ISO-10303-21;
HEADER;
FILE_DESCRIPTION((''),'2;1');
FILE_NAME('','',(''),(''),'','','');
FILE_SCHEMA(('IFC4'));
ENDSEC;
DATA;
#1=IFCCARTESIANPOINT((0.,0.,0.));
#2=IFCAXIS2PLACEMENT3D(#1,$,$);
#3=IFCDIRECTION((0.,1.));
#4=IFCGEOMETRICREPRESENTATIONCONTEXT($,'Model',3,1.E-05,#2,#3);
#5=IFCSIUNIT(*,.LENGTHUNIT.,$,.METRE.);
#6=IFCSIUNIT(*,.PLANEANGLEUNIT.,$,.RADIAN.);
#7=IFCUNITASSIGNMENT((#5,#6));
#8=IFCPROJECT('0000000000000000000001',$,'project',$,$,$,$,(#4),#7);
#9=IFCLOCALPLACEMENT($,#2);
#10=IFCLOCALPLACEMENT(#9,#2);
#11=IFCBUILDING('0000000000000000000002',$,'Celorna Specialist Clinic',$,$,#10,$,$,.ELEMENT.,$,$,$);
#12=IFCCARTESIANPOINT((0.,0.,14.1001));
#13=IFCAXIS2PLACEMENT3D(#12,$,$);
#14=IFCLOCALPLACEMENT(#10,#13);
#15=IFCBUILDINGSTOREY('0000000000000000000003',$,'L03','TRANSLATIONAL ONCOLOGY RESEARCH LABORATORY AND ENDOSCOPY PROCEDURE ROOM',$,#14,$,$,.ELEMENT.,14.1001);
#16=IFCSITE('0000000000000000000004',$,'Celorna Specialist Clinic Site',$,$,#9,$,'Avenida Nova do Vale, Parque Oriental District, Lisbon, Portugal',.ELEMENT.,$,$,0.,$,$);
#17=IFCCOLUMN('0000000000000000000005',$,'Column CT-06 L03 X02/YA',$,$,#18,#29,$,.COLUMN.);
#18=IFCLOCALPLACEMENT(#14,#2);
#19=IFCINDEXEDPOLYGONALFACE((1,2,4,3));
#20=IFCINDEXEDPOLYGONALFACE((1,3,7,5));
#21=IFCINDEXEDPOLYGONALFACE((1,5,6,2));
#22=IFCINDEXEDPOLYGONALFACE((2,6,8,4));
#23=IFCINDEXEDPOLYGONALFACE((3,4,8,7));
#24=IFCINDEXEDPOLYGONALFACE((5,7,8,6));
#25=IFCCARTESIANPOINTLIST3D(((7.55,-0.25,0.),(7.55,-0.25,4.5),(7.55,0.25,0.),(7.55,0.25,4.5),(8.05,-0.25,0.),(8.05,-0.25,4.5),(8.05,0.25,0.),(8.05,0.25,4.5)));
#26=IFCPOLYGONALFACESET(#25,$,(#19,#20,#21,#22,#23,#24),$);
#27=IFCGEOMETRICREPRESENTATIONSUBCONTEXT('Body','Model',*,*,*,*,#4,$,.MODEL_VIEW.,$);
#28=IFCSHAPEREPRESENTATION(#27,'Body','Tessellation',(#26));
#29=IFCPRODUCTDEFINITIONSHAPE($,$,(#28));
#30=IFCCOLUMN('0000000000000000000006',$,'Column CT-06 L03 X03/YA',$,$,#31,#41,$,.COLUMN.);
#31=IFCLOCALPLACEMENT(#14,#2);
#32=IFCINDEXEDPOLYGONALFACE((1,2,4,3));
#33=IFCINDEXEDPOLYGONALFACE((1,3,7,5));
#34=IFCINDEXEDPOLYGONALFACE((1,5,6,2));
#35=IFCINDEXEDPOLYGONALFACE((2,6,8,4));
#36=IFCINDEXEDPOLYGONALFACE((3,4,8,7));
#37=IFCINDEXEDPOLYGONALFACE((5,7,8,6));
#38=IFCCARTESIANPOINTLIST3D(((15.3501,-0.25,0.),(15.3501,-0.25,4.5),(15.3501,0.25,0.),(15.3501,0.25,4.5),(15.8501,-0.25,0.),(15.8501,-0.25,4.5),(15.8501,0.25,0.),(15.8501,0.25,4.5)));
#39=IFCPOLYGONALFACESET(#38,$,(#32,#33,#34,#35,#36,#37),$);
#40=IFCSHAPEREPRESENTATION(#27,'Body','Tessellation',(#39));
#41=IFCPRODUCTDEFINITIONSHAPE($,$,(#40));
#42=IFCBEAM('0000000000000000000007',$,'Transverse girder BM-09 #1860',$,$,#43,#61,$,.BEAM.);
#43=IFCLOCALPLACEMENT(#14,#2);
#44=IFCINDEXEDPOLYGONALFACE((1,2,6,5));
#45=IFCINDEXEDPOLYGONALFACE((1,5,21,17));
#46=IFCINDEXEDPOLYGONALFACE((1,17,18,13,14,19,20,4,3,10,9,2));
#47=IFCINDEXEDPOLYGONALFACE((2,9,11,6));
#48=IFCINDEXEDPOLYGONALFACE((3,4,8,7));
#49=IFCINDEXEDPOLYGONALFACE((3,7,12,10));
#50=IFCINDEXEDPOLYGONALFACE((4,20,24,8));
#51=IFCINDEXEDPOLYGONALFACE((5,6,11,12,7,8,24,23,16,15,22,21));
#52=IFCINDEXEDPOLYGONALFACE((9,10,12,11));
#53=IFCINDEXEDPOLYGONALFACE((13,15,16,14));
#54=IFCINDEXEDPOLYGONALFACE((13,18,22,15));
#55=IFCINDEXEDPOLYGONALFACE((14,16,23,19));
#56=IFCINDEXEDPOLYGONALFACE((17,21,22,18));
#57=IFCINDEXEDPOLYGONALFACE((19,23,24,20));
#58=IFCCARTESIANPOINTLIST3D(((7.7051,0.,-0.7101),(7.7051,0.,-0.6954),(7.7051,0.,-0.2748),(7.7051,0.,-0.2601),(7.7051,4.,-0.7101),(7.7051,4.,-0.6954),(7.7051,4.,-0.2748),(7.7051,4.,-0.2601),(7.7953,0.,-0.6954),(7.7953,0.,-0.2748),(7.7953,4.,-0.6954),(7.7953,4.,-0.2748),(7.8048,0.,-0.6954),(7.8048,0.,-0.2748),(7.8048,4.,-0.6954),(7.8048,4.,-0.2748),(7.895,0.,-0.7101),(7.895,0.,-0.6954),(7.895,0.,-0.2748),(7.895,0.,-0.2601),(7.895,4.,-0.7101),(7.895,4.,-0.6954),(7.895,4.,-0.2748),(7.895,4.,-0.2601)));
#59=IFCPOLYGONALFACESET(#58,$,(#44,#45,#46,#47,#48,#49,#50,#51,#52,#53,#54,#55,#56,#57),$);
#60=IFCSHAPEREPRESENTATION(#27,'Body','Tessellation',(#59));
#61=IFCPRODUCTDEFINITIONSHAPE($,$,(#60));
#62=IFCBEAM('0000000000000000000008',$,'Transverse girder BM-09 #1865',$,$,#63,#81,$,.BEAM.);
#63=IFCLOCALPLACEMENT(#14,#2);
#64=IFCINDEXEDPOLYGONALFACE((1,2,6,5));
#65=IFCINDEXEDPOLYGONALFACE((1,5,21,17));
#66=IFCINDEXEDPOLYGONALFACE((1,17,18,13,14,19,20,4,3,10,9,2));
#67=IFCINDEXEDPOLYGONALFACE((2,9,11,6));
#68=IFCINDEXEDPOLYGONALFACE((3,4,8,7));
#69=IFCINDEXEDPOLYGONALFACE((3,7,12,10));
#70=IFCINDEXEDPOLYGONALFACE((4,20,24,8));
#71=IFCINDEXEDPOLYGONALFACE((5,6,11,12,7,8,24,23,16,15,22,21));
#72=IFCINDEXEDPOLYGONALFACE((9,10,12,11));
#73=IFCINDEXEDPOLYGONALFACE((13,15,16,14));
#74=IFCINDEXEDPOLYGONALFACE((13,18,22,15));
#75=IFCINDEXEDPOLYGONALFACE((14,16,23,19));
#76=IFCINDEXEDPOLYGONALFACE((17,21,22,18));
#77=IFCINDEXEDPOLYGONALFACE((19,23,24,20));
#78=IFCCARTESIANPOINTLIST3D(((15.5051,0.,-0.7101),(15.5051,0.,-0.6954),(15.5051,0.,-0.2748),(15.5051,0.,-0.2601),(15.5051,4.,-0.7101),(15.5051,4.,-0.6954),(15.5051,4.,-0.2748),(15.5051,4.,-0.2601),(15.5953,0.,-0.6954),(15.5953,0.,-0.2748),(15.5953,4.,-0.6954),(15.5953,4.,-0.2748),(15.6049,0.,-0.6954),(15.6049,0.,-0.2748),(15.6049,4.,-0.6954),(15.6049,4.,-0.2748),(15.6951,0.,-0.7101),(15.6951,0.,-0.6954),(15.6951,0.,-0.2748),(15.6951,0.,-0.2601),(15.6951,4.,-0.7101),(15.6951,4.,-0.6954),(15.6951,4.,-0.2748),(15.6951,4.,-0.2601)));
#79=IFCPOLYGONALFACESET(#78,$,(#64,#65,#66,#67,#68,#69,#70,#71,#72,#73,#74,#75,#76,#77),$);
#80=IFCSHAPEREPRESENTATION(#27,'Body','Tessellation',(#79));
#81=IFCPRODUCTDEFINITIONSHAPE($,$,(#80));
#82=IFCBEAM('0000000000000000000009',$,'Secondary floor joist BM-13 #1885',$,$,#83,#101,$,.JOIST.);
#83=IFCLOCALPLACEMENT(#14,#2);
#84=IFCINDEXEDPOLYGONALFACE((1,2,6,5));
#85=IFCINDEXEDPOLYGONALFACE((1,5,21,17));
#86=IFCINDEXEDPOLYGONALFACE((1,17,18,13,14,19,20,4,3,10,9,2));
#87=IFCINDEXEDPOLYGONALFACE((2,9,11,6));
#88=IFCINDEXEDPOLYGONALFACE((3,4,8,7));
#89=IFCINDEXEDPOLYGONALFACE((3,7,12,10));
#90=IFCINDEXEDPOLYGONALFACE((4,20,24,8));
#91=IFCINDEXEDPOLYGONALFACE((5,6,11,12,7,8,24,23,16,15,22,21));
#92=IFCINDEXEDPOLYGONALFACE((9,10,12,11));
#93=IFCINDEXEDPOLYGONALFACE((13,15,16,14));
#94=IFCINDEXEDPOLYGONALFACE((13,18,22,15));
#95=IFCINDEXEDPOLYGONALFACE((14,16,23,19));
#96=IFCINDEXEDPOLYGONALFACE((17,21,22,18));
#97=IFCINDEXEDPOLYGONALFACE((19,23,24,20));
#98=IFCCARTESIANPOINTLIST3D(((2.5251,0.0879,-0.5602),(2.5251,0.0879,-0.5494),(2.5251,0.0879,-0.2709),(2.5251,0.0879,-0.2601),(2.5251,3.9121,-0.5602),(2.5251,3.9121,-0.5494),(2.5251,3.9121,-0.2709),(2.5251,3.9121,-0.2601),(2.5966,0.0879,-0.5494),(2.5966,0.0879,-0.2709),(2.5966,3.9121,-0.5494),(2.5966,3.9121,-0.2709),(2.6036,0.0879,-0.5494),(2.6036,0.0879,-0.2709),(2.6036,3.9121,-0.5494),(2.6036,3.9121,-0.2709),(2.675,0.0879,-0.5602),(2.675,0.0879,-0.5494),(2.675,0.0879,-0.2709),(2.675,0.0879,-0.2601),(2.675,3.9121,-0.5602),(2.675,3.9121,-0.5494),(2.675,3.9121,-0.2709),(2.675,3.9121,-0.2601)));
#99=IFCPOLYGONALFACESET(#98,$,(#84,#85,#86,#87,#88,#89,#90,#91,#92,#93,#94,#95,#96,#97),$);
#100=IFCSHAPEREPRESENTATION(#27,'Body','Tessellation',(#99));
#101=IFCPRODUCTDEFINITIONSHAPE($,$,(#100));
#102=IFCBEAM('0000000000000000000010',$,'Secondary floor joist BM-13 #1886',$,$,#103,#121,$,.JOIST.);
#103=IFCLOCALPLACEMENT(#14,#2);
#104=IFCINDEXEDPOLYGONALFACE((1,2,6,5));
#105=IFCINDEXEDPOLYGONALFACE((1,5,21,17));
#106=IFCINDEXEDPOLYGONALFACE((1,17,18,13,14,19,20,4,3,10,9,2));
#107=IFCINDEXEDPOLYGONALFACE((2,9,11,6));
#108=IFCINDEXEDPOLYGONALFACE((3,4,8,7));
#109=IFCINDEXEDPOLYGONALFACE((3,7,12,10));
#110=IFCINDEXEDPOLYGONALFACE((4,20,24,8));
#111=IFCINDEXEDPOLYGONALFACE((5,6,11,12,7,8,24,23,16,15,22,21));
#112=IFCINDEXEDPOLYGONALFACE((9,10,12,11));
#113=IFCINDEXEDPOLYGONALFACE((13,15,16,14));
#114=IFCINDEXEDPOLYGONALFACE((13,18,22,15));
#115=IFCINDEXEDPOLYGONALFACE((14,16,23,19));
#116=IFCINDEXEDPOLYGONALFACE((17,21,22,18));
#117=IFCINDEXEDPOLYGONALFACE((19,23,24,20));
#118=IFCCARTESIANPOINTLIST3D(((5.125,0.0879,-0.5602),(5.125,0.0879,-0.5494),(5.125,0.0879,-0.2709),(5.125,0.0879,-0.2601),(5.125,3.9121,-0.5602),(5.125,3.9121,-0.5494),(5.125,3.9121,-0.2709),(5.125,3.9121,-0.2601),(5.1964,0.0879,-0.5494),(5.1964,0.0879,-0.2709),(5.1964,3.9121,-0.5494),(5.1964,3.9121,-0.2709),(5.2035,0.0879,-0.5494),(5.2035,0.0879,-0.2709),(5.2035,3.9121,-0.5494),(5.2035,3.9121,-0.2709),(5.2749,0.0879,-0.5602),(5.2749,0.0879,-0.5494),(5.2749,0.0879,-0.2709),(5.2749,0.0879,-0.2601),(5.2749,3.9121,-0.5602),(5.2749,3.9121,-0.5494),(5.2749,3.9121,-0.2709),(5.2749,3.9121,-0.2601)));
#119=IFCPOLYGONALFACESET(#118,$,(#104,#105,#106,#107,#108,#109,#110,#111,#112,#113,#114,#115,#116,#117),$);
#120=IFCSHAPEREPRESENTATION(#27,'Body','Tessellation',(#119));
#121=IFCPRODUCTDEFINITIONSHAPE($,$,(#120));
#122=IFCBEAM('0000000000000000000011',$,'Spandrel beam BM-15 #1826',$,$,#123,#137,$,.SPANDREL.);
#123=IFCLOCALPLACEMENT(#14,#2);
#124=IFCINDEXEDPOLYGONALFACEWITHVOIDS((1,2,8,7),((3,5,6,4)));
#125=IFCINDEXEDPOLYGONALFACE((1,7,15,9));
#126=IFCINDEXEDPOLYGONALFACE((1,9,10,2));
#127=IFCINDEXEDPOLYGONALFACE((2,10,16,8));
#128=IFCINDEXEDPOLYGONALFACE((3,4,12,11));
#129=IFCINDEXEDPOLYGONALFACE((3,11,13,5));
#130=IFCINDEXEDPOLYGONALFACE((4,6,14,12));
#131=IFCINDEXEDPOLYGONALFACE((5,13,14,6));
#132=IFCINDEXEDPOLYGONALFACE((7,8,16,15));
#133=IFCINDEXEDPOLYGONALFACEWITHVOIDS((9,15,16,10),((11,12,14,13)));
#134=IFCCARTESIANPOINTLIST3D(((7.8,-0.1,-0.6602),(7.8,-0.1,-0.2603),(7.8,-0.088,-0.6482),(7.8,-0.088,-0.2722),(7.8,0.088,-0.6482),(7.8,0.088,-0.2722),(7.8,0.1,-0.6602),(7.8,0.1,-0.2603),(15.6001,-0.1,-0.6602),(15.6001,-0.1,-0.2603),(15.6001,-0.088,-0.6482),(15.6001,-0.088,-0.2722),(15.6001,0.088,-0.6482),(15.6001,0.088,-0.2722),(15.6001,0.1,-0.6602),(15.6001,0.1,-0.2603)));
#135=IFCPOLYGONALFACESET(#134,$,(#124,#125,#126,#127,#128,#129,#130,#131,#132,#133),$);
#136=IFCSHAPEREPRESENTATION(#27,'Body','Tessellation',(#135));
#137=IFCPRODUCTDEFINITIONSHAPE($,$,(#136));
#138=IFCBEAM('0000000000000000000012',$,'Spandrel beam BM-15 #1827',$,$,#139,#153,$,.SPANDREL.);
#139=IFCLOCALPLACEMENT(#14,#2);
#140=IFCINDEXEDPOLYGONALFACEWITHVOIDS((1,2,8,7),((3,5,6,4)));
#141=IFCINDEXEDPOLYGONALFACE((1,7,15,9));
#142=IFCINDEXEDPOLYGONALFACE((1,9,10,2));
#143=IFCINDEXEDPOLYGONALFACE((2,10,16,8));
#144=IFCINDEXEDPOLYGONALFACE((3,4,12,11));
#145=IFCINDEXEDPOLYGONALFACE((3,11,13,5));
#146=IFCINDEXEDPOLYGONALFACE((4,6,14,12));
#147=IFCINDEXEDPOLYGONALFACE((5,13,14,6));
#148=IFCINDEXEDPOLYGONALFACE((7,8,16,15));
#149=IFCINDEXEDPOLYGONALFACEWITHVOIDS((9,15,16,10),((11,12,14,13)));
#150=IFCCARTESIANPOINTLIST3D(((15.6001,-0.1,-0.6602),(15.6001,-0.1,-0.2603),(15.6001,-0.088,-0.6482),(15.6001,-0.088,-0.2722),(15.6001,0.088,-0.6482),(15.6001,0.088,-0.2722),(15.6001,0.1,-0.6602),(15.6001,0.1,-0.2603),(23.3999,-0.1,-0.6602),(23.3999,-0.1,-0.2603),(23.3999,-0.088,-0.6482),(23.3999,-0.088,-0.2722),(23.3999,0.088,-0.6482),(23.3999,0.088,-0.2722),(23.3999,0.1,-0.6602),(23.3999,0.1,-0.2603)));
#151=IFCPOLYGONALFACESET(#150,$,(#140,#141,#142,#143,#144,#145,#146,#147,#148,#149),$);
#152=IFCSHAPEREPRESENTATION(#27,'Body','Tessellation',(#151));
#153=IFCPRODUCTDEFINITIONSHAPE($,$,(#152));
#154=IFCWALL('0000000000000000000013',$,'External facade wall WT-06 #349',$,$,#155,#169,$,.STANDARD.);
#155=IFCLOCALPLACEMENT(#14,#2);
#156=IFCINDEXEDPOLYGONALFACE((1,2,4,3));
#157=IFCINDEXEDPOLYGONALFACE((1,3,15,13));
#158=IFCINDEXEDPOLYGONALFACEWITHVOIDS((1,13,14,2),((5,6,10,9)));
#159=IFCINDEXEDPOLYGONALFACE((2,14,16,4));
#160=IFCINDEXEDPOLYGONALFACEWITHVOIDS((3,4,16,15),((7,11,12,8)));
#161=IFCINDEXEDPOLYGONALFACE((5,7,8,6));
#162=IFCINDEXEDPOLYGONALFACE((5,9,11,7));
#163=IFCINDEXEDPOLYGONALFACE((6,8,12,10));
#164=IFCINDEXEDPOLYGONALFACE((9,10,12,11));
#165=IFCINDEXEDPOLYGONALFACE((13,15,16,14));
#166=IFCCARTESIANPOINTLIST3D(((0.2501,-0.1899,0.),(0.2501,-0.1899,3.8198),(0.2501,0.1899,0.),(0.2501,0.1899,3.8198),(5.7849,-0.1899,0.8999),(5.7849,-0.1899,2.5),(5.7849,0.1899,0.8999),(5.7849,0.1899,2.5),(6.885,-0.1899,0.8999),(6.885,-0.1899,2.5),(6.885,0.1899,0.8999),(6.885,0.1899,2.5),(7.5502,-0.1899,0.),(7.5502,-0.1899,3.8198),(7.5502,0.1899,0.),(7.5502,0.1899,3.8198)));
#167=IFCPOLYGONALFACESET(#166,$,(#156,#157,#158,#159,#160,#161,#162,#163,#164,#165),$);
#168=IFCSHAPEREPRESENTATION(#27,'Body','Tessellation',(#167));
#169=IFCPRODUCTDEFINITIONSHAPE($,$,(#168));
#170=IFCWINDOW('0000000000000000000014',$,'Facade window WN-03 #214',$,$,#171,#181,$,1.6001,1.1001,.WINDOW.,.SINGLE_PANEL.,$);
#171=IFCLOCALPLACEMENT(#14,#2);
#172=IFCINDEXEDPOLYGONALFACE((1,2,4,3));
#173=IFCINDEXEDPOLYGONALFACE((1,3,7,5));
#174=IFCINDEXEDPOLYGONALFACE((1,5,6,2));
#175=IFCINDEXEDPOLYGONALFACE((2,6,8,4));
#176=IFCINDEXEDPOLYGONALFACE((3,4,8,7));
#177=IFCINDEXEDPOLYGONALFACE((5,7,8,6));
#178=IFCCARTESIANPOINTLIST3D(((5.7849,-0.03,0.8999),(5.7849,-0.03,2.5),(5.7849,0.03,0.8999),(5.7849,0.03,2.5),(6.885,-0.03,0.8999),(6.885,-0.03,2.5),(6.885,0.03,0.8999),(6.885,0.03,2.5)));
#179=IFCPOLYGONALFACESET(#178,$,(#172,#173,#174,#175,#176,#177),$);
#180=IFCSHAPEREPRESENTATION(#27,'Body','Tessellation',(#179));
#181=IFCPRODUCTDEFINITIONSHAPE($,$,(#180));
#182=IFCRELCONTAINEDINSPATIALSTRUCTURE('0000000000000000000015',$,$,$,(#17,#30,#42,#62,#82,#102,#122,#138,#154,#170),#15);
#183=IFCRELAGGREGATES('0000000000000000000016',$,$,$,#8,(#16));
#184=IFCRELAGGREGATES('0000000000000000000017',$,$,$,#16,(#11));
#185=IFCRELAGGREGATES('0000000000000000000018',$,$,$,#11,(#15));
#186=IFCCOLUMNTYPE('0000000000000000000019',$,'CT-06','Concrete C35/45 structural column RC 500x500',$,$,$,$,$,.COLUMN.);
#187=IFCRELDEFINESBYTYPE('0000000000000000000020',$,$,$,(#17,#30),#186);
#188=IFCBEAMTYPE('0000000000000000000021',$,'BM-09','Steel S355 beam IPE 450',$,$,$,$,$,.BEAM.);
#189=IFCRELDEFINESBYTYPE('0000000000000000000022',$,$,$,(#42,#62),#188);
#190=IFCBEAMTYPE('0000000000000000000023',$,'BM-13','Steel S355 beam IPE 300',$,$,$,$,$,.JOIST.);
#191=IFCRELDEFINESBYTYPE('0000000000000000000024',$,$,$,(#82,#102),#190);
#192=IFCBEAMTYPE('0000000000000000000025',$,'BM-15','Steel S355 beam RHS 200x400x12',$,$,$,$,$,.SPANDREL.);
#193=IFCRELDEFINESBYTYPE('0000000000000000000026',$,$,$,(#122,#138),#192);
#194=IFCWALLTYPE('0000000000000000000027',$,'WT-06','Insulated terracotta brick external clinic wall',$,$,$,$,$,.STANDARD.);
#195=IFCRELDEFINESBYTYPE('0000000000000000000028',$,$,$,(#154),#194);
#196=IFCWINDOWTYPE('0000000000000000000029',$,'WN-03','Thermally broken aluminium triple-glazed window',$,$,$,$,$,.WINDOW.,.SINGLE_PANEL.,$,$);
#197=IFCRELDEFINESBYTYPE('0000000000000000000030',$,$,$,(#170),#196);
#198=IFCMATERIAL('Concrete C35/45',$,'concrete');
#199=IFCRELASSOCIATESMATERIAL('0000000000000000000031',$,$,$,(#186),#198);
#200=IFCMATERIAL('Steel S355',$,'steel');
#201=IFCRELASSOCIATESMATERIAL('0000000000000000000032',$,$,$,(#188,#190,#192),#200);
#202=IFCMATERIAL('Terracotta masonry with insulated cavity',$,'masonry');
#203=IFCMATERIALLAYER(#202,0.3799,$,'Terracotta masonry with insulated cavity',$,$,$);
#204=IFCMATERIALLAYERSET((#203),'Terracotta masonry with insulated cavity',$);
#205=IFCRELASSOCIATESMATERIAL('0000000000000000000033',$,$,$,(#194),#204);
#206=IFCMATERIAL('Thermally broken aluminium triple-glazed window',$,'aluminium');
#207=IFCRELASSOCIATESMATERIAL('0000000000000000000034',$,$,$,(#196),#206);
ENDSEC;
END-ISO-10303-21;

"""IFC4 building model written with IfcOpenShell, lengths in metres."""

from ifc_helpers import new_model, si_unit, direction, frame, frame_2d, origin, origin_2d, place, context, subcontext, project, spatial, rectangle, hollow_rectangle, i_section, extrude, material, layer, layer_set, material_profile, profile_set, type_object, element, fill, save


model = new_model("IFC4")

# Units and contexts
model_context = context("Model", 3, precision=1e-05, world=origin(), true_north=direction((0.0, 1.0)))
body_context = subcontext(model_context, "Body", "Model", "MODEL_VIEW")
ifc_project = project(units=[si_unit("LENGTHUNIT", "METRE"), si_unit("PLANEANGLEUNIT", "RADIAN")], contexts=[model_context])

# Site, building, storey
site_placement = place(None, origin())
site = spatial("IfcSite", under=ifc_project, at=site_placement, Name="Celorna Specialist Clinic Site", LongName="Avenida Nova do Vale, Parque Oriental District, Lisbon, Portugal", CompositionType="ELEMENT", RefElevation=0.0)
building_placement = place(site_placement, origin())
building = spatial("IfcBuilding", under=site, at=building_placement, Name="Celorna Specialist Clinic", CompositionType="ELEMENT")
storey_placement = place(building_placement, frame((0.0, 0.0, 14.1001)))
storey = spatial("IfcBuildingStorey", under=building, at=storey_placement, Name="L03", Description="TRANSLATIONAL ONCOLOGY RESEARCH LABORATORY AND ENDOSCOPY PROCEDURE ROOM", CompositionType="ELEMENT", Elevation=14.1001)

# Columns
ifc_material_1 = material(Name="Concrete C35/45", Category="concrete")
ifc_material_profile_1 = material_profile(ifc_material_1, rectangle(XDim=0.5, YDim=0.5, at=origin_2d()), Name="RC 500x500")
ifc_profile_set_1 = profile_set([ifc_material_profile_1], Name="Concrete C35/45")
column_type = type_object("IfcColumnType", Name="CT-06", Description="Concrete C35/45 structural column RC 500x500", PredefinedType="COLUMN", material=ifc_profile_set_1)
for number, where, z_axis, x_axis, name in (
    (1, (7.8, 0.0, 0.0), (0.0, 0.0, 1.0), (1.0, 0.0, 0.0), "Column CT-06 L03 X02/YA"),
    (2, (15.6001, 0.0, 0.0), (0.0, 0.0, 1.0), (1.0, 0.0, 0.0), "Column CT-06 L03 X03/YA"),
):
    element("IfcColumn", number, at=place(storey_placement, frame(where, z_axis=z_axis, x_axis=x_axis)), inside=storey, type_object=column_type, Name=name, PredefinedType="COLUMN", context=body_context, shape_type="SweptSolid", body=[
        extrude(rectangle(XDim=0.5, YDim=0.5, at=origin_2d()), origin(), (0.0, 0.0, 1.0), 4.5),
    ])

# Beams
ifc_material_2 = material(Name="Steel S355", Category="steel")
ifc_material_profile_2 = material_profile(ifc_material_2, i_section(OverallWidth=0.1899, OverallDepth=0.45, WebThickness=0.0095, FlangeThickness=0.0146, at=origin_2d()), Name="IPE 450")
ifc_profile_set_2 = profile_set([ifc_material_profile_2], Name="Steel S355")
beam_type_1 = type_object("IfcBeamType", Name="BM-09", Description="Steel S355 beam IPE 450", PredefinedType="BEAM", material=ifc_profile_set_2)
for number, where, z_axis, x_axis, name in (
    (3, (7.8, 0.0, -0.4851), (0.0, 1.0, 0.0), (-1.0, 0.0, 0.0), "Transverse girder BM-09 #1860"),
    (4, (15.6001, 0.0, -0.4851), (0.0, 1.0, 0.0), (-1.0, 0.0, 0.0), "Transverse girder BM-09 #1865"),
):
    element("IfcBeam", number, at=place(storey_placement, frame(where, z_axis=z_axis, x_axis=x_axis)), inside=storey, type_object=beam_type_1, Name=name, PredefinedType="BEAM", context=body_context, shape_type="SweptSolid", body=[
        extrude(i_section(OverallWidth=0.1899, OverallDepth=0.45, WebThickness=0.0095, FlangeThickness=0.0146, at=origin_2d()), origin(), (0.0, 0.0, 1.0), 4.0),
    ])
ifc_material_profile_3 = material_profile(ifc_material_2, i_section(OverallWidth=0.1499, OverallDepth=0.3, WebThickness=0.0071, FlangeThickness=0.0107, at=origin_2d()), Name="IPE 300")
ifc_profile_set_3 = profile_set([ifc_material_profile_3], Name="Steel S355")
beam_type_2 = type_object("IfcBeamType", Name="BM-13", Description="Steel S355 beam IPE 300", PredefinedType="JOIST", material=ifc_profile_set_3)
for number, where, z_axis, x_axis, name in (
    (5, (2.6001, 0.0879, -0.4102), (0.0, 1.0, 0.0), (-1.0, 0.0, 0.0), "Secondary floor joist BM-13 #1885"),
    (6, (5.2, 0.0879, -0.4102), (0.0, 1.0, 0.0), (-1.0, 0.0, 0.0), "Secondary floor joist BM-13 #1886"),
):
    element("IfcBeam", number, at=place(storey_placement, frame(where, z_axis=z_axis, x_axis=x_axis)), inside=storey, type_object=beam_type_2, Name=name, PredefinedType="JOIST", context=body_context, shape_type="SweptSolid", body=[
        extrude(i_section(OverallWidth=0.1499, OverallDepth=0.3, WebThickness=0.0071, FlangeThickness=0.0107, at=origin_2d()), origin(), (0.0, 0.0, 1.0), 3.8242),
    ])
ifc_material_profile_4 = material_profile(ifc_material_2, hollow_rectangle(XDim=0.2, YDim=0.3999, WallThickness=0.012, at=origin_2d()), Name="RHS 200x400x12")
ifc_profile_set_4 = profile_set([ifc_material_profile_4], Name="Steel S355")
beam_type_3 = type_object("IfcBeamType", Name="BM-15", Description="Steel S355 beam RHS 200x400x12", PredefinedType="SPANDREL", material=ifc_profile_set_4)
beam_1_placement = place(storey_placement, frame((7.8, 0.0, -0.4602), z_axis=(1.0, 0.0, 0.0), x_axis=(0.0, 1.0, 0.0)))
element("IfcBeam", 7, at=beam_1_placement, inside=storey, type_object=beam_type_3, Name="Spandrel beam BM-15 #1826", PredefinedType="SPANDREL", context=body_context, shape_type="SweptSolid", body=[
    extrude(hollow_rectangle(XDim=0.2, YDim=0.3999, WallThickness=0.012, at=origin_2d()), origin(), (0.0, 0.0, 1.0), 7.8),
])
beam_2_placement = place(storey_placement, frame((15.6001, 0.0, -0.4602), z_axis=(1.0, 0.0, 0.0), x_axis=(0.0, 1.0, 0.0)))
element("IfcBeam", 8, at=beam_2_placement, inside=storey, type_object=beam_type_3, Name="Spandrel beam BM-15 #1827", PredefinedType="SPANDREL", context=body_context, shape_type="SweptSolid", body=[
    extrude(hollow_rectangle(XDim=0.2, YDim=0.3999, WallThickness=0.012, at=origin_2d()), origin(), (0.0, 0.0, 1.0), 7.7998),
])

# Wall, opening, window
ifc_material_3 = material(Name="Terracotta masonry with insulated cavity", Category="masonry")
ifc_layer_1 = layer(ifc_material_3, 0.3799, Name="Terracotta masonry with insulated cavity")
ifc_layer_set_1 = layer_set([ifc_layer_1], Name="Terracotta masonry with insulated cavity")
wall_type = type_object("IfcWallType", Name="WT-06", Description="Insulated terracotta brick external clinic wall", PredefinedType="STANDARD", material=ifc_layer_set_1)
wall_1_placement = place(storey_placement, frame((7.55, 0.0, 0.0), z_axis=(0.0, 0.0, 1.0), x_axis=(-1.0, 0.0, 0.0)))
wall_1 = element("IfcWall", 9, at=wall_1_placement, inside=storey, type_object=wall_type, Name="External facade wall WT-06 #349", PredefinedType="STANDARD", context=body_context, shape_type="SweptSolid", body=[
    extrude(rectangle(XDim=7.3, YDim=0.3799, at=frame_2d((3.6499, 0.0))), origin(), (0.0, 0.0, 1.0), 3.8198),
])
opening_1_placement = place(wall_1_placement, frame((0.665, 0.0, 0.8999)))
opening_1 = element("IfcOpeningElement", 10, at=opening_1_placement, cuts=wall_1, PredefinedType="OPENING", context=body_context, shape_type="SweptSolid", body=[
    extrude(rectangle(XDim=1.1001, YDim=1.6001, at=frame_2d((0.55, 0.8))), frame((0.0, 0.2, 0.0), z_axis=(0.0, -1.0, 0.0), x_axis=(1.0, 0.0, 0.0)), (0.0, 0.0, 1.0), 0.3999),
])
ifc_material_4 = material(Name="Thermally broken aluminium triple-glazed window", Category="aluminium")
window_type_1 = type_object("IfcWindowType", Name="WN-03", Description="Thermally broken aluminium triple-glazed window", PartitioningType="SINGLE_PANEL", PredefinedType="WINDOW", material=ifc_material_4)
window_1_placement = place(opening_1_placement, origin())
window_1 = element("IfcWindow", 11, at=window_1_placement, inside=storey, type_object=window_type_1, Name="Facade window WN-03 #214", OverallHeight=1.6001, OverallWidth=1.1001, PartitioningType="SINGLE_PANEL", PredefinedType="WINDOW", context=body_context, shape_type="SweptSolid", body=[
    extrude(rectangle(XDim=1.1001, YDim=1.6001, at=frame_2d((0.55, 0.8))), frame((0.0, 0.03, 0.0), z_axis=(0.0, -1.0, 0.0), x_axis=(1.0, 0.0, 0.0)), (0.0, 0.0, 1.0), 0.0601),
])
fill(opening_1, window_1)

save(model, "model.ifc")
